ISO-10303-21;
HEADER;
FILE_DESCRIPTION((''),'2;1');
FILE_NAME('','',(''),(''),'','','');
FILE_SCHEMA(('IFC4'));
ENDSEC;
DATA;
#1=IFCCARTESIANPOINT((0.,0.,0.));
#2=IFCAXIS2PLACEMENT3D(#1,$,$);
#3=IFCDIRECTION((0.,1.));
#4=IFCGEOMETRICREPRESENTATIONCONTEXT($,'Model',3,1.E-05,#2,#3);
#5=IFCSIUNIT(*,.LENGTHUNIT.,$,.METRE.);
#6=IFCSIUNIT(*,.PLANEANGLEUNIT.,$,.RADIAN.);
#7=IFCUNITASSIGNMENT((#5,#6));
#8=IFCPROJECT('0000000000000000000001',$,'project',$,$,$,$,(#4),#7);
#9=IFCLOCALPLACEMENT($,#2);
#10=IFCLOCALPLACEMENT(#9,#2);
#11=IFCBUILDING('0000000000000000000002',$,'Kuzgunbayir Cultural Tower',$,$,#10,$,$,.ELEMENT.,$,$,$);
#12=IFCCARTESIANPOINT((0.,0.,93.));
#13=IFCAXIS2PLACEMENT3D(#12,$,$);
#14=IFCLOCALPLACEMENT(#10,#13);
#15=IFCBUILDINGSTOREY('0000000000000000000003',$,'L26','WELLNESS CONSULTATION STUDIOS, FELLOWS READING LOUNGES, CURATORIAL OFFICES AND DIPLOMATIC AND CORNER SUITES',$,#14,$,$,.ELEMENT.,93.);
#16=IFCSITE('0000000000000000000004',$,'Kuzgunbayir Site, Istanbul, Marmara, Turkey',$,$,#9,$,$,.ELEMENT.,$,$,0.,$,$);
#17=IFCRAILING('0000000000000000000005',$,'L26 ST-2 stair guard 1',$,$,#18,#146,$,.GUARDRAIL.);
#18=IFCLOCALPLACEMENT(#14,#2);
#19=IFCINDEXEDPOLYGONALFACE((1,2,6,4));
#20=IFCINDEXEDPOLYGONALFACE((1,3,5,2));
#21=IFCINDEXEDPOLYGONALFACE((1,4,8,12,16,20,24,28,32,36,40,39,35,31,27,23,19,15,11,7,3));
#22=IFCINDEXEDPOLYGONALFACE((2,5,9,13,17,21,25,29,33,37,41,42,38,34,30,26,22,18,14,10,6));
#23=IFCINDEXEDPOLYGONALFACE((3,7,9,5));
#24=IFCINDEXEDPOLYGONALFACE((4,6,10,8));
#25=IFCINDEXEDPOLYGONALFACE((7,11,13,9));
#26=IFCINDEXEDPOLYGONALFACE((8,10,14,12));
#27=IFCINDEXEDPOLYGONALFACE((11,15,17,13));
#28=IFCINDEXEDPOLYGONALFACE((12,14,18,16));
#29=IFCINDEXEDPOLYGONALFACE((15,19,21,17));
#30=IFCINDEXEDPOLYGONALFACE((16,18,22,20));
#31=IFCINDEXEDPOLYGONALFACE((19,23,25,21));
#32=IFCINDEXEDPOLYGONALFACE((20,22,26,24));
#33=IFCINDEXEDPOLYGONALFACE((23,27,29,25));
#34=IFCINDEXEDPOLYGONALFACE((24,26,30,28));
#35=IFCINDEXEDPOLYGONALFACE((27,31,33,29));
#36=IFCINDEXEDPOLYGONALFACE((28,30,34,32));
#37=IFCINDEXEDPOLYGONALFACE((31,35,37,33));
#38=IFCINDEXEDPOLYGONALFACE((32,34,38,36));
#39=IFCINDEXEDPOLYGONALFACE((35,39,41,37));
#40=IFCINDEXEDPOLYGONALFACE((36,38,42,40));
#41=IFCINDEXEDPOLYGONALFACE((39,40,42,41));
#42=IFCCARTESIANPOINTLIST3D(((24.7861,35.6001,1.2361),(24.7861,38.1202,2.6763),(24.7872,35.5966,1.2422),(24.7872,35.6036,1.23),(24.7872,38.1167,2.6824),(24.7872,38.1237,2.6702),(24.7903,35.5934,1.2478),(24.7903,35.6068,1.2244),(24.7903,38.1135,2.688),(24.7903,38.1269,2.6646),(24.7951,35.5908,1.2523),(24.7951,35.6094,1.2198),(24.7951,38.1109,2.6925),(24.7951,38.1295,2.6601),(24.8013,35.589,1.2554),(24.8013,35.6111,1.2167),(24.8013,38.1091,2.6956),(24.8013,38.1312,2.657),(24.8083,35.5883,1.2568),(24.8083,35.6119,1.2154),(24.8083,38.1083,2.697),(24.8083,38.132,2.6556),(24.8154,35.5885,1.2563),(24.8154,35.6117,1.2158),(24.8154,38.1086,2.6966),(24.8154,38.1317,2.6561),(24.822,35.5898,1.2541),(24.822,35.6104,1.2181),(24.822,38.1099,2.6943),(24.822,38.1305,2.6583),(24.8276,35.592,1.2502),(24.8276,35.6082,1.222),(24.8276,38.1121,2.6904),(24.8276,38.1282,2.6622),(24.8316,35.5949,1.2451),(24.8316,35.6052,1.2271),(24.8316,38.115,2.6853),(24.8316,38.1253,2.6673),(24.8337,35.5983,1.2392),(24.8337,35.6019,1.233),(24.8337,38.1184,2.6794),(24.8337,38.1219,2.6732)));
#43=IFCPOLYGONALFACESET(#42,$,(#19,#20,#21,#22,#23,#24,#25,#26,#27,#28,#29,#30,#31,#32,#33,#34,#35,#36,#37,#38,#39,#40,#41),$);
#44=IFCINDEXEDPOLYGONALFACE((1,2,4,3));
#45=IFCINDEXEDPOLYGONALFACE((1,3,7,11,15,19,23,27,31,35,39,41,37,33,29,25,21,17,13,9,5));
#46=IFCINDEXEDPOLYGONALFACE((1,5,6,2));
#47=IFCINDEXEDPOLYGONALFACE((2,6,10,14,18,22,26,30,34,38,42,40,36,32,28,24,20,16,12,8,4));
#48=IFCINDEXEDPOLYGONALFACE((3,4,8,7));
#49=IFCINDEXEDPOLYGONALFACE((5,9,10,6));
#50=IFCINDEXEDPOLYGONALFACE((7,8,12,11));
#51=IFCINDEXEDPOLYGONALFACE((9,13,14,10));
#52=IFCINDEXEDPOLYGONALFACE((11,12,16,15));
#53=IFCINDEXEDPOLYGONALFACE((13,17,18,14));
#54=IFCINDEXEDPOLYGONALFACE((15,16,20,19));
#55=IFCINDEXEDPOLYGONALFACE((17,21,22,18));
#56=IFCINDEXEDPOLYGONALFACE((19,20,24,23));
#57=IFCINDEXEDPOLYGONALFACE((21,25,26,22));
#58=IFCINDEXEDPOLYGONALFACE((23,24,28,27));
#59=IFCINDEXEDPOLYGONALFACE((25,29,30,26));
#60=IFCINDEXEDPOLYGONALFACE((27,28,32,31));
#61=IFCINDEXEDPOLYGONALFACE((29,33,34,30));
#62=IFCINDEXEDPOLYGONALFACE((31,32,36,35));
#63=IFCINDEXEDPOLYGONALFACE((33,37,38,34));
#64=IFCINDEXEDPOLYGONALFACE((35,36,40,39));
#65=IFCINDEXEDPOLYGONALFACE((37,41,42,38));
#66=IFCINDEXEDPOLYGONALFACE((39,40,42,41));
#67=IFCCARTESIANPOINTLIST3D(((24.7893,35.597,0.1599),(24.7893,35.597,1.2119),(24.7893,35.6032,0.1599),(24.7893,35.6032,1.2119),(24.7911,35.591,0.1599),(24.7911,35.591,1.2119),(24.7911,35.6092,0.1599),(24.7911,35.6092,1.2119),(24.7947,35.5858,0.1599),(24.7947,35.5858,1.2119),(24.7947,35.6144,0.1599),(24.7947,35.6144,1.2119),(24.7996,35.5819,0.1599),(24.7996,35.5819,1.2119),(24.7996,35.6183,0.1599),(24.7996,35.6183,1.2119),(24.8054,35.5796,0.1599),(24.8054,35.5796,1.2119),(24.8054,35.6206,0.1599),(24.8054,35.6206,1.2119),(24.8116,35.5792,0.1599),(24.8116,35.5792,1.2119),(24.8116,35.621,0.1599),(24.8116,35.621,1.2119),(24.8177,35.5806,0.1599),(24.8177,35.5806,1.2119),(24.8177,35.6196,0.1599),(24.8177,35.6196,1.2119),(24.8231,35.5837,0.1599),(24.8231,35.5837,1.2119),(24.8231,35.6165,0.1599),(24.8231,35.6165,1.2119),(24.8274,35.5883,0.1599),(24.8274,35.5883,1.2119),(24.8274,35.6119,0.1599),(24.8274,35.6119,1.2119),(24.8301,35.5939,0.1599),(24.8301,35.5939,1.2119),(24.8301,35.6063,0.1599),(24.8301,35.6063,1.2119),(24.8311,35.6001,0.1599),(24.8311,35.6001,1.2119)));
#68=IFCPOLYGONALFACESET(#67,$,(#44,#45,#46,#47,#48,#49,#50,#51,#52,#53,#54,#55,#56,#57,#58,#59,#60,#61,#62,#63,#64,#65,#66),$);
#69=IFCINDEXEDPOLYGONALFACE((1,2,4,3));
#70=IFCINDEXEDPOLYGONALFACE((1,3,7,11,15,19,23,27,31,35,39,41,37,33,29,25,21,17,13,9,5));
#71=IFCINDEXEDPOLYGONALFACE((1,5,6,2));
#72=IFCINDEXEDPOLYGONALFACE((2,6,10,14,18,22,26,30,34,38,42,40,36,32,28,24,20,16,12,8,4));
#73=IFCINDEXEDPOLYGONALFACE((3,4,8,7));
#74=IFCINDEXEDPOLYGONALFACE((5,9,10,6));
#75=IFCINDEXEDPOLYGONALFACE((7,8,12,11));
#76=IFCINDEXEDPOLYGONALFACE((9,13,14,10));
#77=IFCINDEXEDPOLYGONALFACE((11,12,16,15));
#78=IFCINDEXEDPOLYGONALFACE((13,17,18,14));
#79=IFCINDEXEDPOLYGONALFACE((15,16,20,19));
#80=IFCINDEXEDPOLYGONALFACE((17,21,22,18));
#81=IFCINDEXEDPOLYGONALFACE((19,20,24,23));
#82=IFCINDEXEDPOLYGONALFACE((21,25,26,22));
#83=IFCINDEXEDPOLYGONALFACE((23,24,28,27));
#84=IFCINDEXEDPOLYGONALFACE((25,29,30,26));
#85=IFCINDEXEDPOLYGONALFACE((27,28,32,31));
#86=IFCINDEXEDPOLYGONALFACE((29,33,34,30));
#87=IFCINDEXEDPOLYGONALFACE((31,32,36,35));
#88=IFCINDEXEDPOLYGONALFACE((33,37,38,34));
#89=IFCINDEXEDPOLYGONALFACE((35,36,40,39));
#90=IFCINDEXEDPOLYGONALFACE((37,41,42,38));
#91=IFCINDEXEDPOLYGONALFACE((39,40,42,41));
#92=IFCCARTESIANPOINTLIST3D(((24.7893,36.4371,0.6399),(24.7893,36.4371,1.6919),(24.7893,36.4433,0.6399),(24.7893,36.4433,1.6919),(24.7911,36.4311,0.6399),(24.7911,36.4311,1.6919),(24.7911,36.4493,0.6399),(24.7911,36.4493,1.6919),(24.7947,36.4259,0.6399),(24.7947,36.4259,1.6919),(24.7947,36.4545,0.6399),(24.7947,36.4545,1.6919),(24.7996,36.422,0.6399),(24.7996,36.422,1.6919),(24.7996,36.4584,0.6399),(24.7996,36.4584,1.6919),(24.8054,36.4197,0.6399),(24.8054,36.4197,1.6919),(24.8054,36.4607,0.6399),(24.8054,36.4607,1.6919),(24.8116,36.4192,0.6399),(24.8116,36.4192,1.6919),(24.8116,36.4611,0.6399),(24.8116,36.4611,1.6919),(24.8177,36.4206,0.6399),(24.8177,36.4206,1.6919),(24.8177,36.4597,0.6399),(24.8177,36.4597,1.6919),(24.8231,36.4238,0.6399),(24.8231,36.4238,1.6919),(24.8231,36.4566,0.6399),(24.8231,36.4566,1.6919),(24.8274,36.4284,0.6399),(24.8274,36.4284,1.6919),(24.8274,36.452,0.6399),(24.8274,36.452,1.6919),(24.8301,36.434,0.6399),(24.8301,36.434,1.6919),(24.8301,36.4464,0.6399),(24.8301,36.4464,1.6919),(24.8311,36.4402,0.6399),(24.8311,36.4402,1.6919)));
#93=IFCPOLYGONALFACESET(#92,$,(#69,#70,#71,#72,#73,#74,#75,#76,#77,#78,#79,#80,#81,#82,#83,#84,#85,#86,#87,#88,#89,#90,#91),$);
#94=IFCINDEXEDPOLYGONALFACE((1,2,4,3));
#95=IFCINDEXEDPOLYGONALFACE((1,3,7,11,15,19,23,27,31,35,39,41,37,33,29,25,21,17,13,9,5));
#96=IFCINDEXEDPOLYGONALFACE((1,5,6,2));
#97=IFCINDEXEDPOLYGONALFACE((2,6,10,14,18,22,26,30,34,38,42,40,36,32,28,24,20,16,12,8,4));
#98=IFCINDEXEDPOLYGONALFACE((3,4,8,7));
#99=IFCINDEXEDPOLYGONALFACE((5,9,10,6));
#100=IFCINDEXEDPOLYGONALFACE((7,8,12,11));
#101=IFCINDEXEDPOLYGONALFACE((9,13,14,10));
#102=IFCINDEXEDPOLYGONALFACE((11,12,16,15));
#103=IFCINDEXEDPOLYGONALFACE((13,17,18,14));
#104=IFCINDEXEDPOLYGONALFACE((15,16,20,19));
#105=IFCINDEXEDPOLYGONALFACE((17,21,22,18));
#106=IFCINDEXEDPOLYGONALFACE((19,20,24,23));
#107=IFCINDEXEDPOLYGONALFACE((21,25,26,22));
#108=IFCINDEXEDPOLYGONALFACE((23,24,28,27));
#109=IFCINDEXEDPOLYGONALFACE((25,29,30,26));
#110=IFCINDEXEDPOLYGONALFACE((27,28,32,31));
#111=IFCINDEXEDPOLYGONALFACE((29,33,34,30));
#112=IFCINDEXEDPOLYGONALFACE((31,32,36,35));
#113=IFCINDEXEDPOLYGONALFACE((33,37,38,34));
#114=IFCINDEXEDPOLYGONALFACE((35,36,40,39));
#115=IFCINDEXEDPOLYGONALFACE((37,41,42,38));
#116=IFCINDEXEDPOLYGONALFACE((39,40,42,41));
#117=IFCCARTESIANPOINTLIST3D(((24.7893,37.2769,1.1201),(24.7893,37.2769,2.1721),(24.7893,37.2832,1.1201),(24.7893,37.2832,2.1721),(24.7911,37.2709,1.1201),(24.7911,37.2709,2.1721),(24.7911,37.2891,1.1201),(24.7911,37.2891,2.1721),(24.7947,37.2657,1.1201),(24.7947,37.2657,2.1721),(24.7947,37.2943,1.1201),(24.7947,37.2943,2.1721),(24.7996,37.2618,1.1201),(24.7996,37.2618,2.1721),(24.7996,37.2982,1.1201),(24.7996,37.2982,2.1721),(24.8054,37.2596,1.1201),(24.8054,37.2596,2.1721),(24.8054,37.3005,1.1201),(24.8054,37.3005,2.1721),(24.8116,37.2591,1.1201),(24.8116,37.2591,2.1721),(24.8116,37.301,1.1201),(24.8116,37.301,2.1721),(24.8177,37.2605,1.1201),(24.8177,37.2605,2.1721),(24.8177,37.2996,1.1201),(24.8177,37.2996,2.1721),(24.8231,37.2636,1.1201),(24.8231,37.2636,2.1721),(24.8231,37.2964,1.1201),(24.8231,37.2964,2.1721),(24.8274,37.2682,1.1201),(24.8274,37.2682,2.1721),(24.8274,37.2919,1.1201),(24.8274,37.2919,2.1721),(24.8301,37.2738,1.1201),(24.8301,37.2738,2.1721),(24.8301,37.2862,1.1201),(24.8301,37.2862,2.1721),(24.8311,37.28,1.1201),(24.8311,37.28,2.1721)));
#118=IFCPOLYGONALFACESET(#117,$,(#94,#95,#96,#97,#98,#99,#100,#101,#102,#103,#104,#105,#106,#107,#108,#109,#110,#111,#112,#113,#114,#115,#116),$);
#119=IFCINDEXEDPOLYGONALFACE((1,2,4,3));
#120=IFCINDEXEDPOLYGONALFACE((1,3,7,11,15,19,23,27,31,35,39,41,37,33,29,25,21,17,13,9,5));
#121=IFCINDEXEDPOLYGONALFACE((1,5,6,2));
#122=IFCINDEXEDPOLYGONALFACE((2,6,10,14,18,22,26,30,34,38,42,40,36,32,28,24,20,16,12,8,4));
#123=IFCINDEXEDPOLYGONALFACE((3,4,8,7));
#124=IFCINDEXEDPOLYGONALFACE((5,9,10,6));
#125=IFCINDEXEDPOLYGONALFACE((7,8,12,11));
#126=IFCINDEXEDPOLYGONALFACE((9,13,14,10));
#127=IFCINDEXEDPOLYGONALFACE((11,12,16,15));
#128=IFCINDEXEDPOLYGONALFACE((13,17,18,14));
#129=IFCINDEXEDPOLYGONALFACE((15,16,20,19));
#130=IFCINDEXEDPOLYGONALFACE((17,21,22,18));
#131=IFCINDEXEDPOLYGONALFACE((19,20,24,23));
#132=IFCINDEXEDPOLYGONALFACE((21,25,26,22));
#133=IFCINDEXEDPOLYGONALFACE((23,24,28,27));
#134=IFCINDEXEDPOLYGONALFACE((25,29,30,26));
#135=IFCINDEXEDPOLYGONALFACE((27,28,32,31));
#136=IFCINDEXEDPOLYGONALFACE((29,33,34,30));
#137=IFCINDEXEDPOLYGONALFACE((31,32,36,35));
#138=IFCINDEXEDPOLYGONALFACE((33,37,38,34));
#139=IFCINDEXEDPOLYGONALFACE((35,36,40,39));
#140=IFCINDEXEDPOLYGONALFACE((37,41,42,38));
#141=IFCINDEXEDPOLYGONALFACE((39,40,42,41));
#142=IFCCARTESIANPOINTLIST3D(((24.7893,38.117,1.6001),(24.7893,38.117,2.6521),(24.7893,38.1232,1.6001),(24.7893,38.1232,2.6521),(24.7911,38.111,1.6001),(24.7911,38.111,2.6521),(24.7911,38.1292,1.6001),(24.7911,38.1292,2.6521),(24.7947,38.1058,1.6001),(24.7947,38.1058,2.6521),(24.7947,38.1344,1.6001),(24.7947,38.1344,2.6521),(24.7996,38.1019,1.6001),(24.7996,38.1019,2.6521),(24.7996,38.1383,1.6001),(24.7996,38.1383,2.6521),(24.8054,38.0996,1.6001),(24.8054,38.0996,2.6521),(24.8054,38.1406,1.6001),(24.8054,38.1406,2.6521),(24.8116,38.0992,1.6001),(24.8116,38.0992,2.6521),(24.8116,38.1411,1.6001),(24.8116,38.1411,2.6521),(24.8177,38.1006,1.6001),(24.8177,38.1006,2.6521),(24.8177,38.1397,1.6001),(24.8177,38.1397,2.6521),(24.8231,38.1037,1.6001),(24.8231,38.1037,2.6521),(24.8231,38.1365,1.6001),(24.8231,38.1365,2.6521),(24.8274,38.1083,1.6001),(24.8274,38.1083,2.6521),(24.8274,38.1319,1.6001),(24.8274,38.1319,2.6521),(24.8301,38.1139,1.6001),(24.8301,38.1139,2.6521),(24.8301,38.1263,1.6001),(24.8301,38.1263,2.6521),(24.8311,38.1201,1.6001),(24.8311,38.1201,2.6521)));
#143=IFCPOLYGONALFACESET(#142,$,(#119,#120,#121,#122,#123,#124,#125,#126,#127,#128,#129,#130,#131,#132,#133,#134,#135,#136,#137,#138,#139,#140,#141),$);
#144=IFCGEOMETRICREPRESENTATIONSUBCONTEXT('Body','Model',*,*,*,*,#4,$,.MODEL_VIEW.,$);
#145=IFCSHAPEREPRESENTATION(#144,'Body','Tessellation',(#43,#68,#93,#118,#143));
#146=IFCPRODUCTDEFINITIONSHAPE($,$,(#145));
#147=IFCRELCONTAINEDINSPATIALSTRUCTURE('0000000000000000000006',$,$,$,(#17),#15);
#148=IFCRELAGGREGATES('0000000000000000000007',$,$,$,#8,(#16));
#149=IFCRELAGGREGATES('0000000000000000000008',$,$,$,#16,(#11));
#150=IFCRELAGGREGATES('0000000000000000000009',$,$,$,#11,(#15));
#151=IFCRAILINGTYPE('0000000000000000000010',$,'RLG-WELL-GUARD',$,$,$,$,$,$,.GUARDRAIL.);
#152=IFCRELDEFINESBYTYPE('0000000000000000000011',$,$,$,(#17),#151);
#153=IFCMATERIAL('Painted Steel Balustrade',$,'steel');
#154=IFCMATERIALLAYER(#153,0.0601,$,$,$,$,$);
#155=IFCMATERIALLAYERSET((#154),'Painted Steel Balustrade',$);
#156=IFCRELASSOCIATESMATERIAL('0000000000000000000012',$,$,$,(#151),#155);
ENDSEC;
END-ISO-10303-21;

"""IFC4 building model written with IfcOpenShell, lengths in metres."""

from ifc_helpers import new_model, si_unit, direction, frame, origin, origin_2d, place, context, subcontext, project, spatial, circle, extrude, material, layer, layer_set, type_object, element, save


model = new_model("IFC4")

# Units and contexts
model_context = context("Model", 3, precision=1e-05, world=origin(), true_north=direction((0.0, 1.0)))
body_context = subcontext(model_context, "Body", "Model", "MODEL_VIEW")
ifc_project = project(units=[si_unit("LENGTHUNIT", "METRE"), si_unit("PLANEANGLEUNIT", "RADIAN")], contexts=[model_context])

# Site, building, storey
site_placement = place(None, origin())
site = spatial("IfcSite", under=ifc_project, at=site_placement, Name="Kuzgunbayir Site, Istanbul, Marmara, Turkey", CompositionType="ELEMENT", RefElevation=0.0)
building_placement = place(site_placement, origin())
building = spatial("IfcBuilding", under=site, at=building_placement, Name="Kuzgunbayir Cultural Tower", CompositionType="ELEMENT")
storey_placement = place(building_placement, frame((0.0, 0.0, 93.0)))
storey = spatial("IfcBuildingStorey", under=building, at=storey_placement, Name="L26", Description="WELLNESS CONSULTATION STUDIOS, FELLOWS READING LOUNGES, CURATORIAL OFFICES AND DIPLOMATIC AND CORNER SUITES", CompositionType="ELEMENT", Elevation=93.0)

# Railing
ifc_material_1 = material(Name="Painted Steel Balustrade", Category="steel")
ifc_layer_1 = layer(ifc_material_1, 0.0601)
ifc_layer_set_1 = layer_set([ifc_layer_1], Name="Painted Steel Balustrade")
railing_type_1 = type_object("IfcRailingType", Name="RLG-WELL-GUARD", PredefinedType="GUARDRAIL", material=ifc_layer_set_1)
railing_1_placement = place(storey_placement, frame((24.8101, 35.6001, 0.1599)))
element("IfcRailing", 1, at=railing_1_placement, inside=storey, type_object=railing_type_1, Name="L26 ST-2 stair guard 1", PredefinedType="GUARDRAIL", context=body_context, shape_type="SweptSolid", body=[
    extrude(circle(Radius=0.0239, at=origin_2d()), frame((0.0, 0.0, 1.0762), z_axis=(0.0, 0.868217, 0.496184), x_axis=(-1.0, 0.0, 0.0)), (0.0, 0.0, 1.0), 2.9026),
    extrude(circle(Radius=0.021, at=origin_2d()), origin(), (0.0, 0.0, 1.0), 1.052),
    extrude(circle(Radius=0.021, at=origin_2d()), frame((0.0, 0.8401, 0.48)), (0.0, 0.0, 1.0), 1.052),
    extrude(circle(Radius=0.021, at=origin_2d()), frame((0.0, 1.6799, 0.9602)), (0.0, 0.0, 1.0), 1.052),
    extrude(circle(Radius=0.021, at=origin_2d()), frame((0.0, 2.52, 1.4402)), (0.0, 0.0, 1.0), 1.052),
])

save(model, "model.ifc")
